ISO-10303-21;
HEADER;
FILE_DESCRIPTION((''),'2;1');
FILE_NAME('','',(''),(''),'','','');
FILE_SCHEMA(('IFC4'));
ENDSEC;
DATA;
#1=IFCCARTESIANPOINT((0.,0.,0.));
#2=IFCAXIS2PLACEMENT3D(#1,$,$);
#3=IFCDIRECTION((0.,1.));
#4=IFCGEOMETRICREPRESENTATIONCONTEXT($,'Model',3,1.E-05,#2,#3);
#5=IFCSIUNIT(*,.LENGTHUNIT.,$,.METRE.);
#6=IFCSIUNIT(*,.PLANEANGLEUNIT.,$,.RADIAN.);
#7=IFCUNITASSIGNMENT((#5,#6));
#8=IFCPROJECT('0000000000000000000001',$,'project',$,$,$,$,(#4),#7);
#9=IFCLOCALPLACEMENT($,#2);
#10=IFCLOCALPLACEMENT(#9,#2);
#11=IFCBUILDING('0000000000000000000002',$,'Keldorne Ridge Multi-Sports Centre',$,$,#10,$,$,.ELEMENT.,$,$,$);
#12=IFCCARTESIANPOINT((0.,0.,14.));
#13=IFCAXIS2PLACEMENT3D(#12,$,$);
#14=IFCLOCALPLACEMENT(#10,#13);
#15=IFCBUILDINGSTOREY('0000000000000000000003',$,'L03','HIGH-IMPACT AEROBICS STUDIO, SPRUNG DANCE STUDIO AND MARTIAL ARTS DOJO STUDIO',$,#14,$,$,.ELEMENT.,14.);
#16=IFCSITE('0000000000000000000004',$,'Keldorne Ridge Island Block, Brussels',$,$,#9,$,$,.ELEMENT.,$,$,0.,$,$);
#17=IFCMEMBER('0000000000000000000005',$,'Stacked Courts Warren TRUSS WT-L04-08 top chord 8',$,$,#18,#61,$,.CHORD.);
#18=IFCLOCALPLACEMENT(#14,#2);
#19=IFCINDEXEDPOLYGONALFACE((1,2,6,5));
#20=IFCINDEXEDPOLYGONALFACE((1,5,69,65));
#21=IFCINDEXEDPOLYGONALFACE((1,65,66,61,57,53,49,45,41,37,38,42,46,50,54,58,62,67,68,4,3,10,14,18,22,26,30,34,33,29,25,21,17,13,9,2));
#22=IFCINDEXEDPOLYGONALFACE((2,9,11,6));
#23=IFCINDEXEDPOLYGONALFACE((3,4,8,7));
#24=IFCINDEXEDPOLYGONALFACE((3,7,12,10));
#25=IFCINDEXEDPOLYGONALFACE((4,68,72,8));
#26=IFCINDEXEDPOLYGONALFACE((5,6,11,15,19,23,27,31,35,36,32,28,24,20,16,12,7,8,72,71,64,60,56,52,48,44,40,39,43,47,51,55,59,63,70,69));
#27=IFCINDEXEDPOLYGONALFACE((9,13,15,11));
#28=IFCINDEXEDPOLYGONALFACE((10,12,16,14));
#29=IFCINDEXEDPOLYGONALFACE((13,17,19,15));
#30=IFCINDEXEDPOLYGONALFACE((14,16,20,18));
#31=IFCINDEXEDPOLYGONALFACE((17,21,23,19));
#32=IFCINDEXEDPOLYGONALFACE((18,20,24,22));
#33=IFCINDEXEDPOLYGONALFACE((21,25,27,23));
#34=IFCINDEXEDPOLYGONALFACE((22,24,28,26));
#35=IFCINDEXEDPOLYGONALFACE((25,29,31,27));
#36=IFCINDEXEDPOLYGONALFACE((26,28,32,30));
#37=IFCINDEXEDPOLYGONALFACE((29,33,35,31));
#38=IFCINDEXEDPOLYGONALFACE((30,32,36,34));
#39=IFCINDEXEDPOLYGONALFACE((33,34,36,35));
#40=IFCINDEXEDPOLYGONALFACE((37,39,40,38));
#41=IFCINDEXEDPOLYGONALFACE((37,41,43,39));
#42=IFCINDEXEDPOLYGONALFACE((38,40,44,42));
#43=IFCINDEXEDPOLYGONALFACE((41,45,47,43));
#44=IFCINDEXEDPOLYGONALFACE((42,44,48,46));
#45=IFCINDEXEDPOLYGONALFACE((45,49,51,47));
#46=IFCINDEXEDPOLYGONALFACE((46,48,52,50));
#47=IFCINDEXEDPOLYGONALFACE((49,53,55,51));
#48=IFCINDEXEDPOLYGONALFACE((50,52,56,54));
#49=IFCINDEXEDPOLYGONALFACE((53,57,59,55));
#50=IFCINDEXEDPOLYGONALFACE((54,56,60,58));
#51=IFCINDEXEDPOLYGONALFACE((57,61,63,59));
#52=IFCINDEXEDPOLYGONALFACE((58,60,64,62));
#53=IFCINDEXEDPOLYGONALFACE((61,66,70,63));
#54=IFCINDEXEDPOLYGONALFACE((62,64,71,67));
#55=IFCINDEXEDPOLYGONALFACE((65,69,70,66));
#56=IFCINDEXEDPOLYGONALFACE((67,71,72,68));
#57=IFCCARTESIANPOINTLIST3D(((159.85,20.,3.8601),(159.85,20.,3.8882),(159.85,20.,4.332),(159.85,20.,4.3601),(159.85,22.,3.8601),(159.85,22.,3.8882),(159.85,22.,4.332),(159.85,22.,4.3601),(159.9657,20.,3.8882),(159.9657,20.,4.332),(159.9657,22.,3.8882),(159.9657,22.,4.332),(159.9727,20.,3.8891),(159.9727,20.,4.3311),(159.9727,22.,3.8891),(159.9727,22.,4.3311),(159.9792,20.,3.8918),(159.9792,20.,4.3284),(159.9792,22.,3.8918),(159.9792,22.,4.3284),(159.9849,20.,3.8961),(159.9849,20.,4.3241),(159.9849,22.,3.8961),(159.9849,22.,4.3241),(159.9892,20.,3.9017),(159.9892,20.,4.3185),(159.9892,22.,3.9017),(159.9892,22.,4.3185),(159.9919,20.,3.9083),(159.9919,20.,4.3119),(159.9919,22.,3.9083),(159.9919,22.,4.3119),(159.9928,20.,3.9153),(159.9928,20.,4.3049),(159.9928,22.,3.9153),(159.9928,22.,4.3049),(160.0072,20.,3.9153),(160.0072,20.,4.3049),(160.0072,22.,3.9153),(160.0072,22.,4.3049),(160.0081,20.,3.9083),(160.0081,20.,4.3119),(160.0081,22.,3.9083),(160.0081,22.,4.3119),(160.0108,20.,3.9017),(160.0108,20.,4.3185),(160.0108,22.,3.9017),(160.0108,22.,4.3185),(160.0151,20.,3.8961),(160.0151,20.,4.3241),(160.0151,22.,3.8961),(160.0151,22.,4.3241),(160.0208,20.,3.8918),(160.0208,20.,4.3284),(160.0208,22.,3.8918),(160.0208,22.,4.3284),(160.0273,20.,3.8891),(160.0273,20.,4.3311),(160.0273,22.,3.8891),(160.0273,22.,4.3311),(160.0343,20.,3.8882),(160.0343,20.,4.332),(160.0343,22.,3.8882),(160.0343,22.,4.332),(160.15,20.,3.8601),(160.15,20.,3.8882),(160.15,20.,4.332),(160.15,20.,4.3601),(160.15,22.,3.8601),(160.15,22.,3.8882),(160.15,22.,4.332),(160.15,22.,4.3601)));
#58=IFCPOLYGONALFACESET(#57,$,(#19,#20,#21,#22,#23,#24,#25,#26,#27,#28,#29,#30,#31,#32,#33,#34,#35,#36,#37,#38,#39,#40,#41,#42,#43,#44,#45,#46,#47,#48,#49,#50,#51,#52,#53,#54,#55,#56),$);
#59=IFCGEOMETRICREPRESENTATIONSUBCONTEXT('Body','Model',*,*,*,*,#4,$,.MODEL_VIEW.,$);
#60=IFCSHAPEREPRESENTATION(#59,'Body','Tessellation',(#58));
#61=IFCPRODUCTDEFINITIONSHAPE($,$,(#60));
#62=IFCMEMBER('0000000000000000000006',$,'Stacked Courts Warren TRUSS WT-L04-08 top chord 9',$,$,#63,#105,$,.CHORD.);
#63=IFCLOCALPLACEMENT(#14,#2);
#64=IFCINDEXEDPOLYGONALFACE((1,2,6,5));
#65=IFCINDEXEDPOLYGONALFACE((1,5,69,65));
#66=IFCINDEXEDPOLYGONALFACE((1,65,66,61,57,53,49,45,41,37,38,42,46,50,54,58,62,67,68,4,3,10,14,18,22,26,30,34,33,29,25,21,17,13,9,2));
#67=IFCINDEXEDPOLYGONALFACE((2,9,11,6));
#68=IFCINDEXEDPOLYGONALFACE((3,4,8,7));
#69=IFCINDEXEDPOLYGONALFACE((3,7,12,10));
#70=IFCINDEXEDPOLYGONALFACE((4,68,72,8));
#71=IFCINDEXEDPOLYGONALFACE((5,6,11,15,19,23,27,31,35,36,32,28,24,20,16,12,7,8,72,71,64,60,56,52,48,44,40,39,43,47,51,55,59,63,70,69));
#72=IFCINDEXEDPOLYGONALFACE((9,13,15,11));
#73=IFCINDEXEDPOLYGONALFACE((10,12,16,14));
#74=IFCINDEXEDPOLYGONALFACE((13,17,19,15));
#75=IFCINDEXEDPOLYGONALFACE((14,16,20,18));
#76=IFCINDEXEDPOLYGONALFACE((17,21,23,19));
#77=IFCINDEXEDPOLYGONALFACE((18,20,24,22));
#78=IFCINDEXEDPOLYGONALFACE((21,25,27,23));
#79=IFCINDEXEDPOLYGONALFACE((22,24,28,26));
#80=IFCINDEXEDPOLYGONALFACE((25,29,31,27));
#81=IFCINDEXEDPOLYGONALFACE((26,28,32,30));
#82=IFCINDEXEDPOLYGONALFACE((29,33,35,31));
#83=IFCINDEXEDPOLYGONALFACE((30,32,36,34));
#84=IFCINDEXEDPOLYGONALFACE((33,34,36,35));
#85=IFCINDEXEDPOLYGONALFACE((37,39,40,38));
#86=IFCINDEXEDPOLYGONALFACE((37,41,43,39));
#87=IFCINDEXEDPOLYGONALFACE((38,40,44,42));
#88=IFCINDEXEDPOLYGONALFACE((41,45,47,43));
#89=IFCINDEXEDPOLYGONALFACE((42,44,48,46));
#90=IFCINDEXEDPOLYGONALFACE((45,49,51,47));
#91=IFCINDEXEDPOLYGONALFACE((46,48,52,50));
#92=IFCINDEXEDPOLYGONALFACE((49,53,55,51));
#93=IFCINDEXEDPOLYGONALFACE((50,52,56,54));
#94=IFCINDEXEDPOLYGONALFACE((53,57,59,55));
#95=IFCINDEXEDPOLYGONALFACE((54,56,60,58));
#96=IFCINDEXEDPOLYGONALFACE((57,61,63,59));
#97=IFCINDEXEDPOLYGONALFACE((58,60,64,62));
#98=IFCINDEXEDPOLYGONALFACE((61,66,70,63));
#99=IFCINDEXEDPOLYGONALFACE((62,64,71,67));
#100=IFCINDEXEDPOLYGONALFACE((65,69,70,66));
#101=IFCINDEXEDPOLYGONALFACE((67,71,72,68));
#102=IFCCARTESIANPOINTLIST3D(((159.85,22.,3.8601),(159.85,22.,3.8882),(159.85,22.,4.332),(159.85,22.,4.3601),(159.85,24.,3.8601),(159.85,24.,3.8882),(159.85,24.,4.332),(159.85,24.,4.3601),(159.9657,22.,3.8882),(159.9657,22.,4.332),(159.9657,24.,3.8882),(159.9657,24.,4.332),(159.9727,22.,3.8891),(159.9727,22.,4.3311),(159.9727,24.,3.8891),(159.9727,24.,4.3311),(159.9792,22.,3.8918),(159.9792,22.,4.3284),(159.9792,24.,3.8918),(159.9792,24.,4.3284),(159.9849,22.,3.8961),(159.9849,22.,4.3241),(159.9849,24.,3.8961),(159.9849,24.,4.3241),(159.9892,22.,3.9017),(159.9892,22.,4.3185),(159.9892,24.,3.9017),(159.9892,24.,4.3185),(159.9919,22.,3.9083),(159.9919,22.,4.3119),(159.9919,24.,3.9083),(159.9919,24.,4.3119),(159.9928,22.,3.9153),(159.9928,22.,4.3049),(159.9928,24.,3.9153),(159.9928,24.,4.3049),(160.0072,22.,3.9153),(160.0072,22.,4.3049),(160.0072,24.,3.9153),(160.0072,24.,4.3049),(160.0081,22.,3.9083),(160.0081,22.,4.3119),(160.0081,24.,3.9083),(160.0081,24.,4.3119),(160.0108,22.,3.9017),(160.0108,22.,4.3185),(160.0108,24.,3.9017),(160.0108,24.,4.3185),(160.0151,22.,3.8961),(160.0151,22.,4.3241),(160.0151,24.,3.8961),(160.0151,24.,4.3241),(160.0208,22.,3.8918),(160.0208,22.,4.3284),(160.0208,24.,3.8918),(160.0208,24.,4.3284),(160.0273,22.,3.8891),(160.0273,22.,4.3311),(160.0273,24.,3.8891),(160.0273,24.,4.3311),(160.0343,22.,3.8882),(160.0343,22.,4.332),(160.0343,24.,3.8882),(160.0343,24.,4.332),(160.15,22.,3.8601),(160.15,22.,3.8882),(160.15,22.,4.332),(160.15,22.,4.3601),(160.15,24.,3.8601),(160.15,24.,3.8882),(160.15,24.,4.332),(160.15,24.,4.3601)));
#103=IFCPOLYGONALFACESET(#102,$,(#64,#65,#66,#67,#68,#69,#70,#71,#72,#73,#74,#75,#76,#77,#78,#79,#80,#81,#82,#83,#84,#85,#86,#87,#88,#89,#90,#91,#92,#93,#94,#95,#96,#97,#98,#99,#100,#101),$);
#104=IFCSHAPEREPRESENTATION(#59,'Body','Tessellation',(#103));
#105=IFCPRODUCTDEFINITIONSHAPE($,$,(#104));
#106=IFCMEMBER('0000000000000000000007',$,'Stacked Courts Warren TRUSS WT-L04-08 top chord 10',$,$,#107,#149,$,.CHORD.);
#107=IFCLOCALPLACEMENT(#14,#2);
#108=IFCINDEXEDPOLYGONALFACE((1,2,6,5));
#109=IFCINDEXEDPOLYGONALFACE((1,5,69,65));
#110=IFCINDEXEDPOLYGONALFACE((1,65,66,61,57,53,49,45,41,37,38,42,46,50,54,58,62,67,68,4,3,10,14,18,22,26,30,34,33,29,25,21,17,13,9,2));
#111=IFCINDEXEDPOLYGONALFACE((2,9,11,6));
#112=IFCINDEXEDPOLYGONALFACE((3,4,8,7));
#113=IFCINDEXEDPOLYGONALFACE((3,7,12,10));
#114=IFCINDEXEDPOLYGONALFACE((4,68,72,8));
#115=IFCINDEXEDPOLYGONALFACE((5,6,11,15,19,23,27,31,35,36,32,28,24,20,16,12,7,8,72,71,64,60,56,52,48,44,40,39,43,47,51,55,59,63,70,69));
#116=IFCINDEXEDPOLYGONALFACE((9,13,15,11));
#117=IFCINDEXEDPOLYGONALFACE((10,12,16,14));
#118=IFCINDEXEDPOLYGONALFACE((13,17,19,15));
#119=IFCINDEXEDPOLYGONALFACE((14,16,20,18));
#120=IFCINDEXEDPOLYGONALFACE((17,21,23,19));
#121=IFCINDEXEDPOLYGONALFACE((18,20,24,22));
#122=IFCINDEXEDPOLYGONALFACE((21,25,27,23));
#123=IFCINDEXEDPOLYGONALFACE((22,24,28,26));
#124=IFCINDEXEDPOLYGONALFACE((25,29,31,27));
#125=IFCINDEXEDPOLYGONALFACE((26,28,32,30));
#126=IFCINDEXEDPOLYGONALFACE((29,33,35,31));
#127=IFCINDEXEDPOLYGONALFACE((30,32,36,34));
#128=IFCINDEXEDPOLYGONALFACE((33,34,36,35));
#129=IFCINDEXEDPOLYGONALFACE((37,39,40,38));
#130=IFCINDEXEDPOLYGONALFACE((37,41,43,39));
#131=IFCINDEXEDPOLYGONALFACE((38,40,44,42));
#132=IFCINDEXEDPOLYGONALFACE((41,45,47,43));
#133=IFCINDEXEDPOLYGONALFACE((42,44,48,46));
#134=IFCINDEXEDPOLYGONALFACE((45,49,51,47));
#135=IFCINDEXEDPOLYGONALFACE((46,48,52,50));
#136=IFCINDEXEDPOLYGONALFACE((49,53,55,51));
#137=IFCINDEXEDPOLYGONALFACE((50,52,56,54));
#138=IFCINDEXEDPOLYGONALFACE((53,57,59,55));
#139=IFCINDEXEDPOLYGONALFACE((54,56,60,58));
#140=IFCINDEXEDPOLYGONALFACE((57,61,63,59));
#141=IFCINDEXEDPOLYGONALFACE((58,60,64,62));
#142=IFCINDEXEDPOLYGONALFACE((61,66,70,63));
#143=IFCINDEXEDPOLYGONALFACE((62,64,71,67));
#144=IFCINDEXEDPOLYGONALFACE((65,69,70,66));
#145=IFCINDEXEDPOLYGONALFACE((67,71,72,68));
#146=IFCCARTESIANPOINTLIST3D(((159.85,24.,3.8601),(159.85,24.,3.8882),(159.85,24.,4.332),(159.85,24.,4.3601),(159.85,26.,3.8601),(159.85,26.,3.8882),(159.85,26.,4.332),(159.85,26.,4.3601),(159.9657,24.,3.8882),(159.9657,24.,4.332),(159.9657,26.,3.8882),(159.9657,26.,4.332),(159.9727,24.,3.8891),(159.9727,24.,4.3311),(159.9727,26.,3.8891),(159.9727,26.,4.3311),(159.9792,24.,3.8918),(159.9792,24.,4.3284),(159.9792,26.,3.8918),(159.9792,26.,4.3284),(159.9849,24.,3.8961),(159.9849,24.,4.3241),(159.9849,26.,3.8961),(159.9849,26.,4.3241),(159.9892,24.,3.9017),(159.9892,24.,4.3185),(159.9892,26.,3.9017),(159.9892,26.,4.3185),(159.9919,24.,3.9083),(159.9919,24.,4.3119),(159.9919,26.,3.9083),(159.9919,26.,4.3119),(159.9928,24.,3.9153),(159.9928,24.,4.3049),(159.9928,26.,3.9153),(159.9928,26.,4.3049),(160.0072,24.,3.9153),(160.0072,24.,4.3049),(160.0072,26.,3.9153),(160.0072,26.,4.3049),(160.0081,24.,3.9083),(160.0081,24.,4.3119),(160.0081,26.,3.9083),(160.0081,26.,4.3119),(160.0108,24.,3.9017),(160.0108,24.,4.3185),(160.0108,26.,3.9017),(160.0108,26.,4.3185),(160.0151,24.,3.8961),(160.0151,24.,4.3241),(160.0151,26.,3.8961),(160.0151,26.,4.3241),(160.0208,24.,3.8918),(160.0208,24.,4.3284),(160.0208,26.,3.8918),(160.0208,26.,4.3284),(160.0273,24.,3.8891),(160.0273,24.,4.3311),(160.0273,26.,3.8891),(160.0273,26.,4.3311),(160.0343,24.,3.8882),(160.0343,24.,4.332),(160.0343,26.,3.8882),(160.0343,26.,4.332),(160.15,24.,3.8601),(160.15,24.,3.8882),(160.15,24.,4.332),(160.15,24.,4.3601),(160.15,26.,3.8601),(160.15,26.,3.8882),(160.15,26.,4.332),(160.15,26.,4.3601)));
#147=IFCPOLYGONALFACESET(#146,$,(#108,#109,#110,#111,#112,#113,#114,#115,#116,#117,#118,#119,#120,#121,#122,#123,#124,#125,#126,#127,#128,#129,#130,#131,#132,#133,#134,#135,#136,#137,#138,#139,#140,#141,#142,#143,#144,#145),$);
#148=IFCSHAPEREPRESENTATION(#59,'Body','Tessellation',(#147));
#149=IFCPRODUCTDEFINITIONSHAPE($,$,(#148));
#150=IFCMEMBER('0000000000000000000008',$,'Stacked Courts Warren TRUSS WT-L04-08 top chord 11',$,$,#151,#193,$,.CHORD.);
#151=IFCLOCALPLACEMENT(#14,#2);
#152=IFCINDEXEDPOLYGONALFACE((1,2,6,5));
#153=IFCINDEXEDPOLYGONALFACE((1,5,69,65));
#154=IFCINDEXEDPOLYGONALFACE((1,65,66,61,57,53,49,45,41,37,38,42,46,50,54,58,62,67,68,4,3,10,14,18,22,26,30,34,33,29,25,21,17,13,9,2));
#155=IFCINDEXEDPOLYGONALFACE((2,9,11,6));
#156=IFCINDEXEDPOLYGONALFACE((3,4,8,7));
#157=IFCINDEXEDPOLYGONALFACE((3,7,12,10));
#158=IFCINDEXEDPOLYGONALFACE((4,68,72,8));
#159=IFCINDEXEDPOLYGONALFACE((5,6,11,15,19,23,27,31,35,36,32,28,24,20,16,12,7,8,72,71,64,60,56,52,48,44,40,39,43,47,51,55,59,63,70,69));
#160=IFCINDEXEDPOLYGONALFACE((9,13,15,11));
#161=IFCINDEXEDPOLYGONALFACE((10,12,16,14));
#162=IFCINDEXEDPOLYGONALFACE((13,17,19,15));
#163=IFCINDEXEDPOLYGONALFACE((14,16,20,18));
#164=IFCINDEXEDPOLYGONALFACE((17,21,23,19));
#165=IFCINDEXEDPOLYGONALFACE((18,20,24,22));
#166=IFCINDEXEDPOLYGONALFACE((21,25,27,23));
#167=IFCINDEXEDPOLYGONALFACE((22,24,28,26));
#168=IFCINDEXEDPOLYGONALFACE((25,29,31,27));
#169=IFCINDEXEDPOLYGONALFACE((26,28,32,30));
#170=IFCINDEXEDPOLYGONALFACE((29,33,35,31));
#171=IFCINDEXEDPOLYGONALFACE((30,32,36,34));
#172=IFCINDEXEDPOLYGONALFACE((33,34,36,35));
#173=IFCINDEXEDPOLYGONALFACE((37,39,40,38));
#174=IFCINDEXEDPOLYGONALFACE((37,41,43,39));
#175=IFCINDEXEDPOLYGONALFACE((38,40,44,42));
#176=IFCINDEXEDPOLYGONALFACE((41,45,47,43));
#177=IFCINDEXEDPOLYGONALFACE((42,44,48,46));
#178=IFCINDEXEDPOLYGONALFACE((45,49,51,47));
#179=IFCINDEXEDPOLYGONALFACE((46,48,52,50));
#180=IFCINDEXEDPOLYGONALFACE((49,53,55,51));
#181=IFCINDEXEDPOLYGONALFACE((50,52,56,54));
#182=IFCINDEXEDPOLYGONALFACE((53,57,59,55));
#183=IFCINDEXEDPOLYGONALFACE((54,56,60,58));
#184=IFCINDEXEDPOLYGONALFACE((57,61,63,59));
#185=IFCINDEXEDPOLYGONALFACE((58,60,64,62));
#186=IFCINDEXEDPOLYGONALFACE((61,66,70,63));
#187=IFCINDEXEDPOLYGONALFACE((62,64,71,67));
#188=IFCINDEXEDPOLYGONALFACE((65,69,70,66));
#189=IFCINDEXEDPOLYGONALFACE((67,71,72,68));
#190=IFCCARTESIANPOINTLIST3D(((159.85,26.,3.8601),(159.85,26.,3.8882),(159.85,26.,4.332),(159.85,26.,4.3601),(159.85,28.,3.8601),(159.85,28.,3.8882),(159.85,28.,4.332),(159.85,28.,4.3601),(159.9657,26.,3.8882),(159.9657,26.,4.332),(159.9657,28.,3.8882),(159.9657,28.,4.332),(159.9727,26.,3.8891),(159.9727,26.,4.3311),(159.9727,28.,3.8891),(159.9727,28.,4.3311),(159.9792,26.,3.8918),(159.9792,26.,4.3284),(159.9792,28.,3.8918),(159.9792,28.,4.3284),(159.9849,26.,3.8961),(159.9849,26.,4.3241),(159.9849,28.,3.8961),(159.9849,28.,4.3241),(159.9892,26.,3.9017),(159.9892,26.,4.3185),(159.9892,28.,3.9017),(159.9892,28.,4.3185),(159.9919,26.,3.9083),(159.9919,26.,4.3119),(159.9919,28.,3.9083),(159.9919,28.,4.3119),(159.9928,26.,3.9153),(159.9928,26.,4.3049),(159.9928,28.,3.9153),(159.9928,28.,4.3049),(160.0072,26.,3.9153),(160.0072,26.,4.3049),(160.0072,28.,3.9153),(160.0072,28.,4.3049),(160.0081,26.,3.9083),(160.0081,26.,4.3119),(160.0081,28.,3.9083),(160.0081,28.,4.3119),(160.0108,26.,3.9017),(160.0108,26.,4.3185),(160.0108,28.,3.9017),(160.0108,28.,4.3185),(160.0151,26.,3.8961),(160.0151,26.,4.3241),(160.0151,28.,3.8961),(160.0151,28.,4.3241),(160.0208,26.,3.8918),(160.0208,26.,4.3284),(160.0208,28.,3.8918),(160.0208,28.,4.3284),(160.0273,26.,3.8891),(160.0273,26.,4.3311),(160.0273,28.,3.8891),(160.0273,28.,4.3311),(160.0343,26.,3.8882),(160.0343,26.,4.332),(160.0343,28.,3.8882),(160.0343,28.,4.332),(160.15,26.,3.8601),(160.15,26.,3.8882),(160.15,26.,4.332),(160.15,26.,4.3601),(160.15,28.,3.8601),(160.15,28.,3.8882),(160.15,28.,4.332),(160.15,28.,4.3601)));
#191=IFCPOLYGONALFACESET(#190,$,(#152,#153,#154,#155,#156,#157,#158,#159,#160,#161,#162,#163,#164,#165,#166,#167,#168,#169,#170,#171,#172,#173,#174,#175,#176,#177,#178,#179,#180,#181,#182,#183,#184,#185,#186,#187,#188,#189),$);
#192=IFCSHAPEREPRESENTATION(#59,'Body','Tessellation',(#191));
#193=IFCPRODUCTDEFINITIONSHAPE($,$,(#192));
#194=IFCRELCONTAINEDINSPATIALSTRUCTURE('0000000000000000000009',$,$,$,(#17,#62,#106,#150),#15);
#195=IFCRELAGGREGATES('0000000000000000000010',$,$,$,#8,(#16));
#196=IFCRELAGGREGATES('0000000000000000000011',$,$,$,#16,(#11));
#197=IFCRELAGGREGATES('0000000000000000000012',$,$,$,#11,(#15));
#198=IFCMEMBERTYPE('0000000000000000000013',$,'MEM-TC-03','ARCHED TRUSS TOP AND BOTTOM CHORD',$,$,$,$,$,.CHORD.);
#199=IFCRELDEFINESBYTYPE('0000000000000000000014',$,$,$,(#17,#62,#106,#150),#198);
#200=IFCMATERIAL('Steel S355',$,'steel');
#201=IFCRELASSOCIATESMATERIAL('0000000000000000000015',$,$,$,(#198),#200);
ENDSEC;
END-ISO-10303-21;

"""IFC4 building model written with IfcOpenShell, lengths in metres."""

from ifc_helpers import new_model, si_unit, direction, frame, origin, origin_2d, place, context, subcontext, project, spatial, i_section, extrude, material, material_profile, profile_set, type_object, element, save


model = new_model("IFC4")

# Units and contexts
model_context = context("Model", 3, precision=1e-05, world=origin(), true_north=direction((0.0, 1.0)))
body_context = subcontext(model_context, "Body", "Model", "MODEL_VIEW")
ifc_project = project(units=[si_unit("LENGTHUNIT", "METRE"), si_unit("PLANEANGLEUNIT", "RADIAN")], contexts=[model_context])

# Site, building, storey
site_placement = place(None, origin())
site = spatial("IfcSite", under=ifc_project, at=site_placement, Name="Keldorne Ridge Island Block, Brussels", CompositionType="ELEMENT", RefElevation=0.0)
building_placement = place(site_placement, origin())
building = spatial("IfcBuilding", under=site, at=building_placement, Name="Keldorne Ridge Multi-Sports Centre", CompositionType="ELEMENT")
storey_placement = place(building_placement, frame((0.0, 0.0, 14.0)))
storey = spatial("IfcBuildingStorey", under=building, at=storey_placement, Name="L03", Description="HIGH-IMPACT AEROBICS STUDIO, SPRUNG DANCE STUDIO AND MARTIAL ARTS DOJO STUDIO", CompositionType="ELEMENT", Elevation=14.0)

# Members
ifc_material = material(Name="Steel S355", Category="steel")
ifc_material_profile_1 = material_profile(ifc_material, i_section(OverallWidth=0.3, OverallDepth=0.5, WebThickness=0.0144, FlangeThickness=0.0281, FilletRadius=0.0271, at=origin_2d()), Name="HEB 500")
ifc_profile_set_1 = profile_set([ifc_material_profile_1], Name="Steel S355")
member_type_1 = type_object("IfcMemberType", Name="MEM-TC-03", Description="ARCHED TRUSS TOP AND BOTTOM CHORD", PredefinedType="CHORD", material=ifc_profile_set_1)
for number, where, z_axis, x_axis, name in (
    (1, (160.0, 20.0, 4.1101), (0.0, 1.0, 0.0), (-1.0, 0.0, 0.0), "Stacked Courts Warren TRUSS WT-L04-08 top chord 8"),
    (2, (160.0, 22.0, 4.1101), (0.0, 1.0, 0.0), (-1.0, 0.0, 0.0), "Stacked Courts Warren TRUSS WT-L04-08 top chord 9"),
    (3, (160.0, 24.0, 4.1101), (0.0, 1.0, 0.0), (-1.0, 0.0, 0.0), "Stacked Courts Warren TRUSS WT-L04-08 top chord 10"),
    (4, (160.0, 26.0, 4.1101), (0.0, 1.0, 0.0), (-1.0, 0.0, 0.0), "Stacked Courts Warren TRUSS WT-L04-08 top chord 11"),
):
    element("IfcMember", number, at=place(storey_placement, frame(where, z_axis=z_axis, x_axis=x_axis)), inside=storey, type_object=member_type_1, Name=name, PredefinedType="CHORD", context=body_context, shape_type="SweptSolid", body=[
        extrude(i_section(OverallWidth=0.3, OverallDepth=0.5, WebThickness=0.0144, FlangeThickness=0.0281, FilletRadius=0.0271, at=origin_2d()), origin(), (0.0, 0.0, 1.0), 2.0),
    ])

save(model, "model.ifc")
